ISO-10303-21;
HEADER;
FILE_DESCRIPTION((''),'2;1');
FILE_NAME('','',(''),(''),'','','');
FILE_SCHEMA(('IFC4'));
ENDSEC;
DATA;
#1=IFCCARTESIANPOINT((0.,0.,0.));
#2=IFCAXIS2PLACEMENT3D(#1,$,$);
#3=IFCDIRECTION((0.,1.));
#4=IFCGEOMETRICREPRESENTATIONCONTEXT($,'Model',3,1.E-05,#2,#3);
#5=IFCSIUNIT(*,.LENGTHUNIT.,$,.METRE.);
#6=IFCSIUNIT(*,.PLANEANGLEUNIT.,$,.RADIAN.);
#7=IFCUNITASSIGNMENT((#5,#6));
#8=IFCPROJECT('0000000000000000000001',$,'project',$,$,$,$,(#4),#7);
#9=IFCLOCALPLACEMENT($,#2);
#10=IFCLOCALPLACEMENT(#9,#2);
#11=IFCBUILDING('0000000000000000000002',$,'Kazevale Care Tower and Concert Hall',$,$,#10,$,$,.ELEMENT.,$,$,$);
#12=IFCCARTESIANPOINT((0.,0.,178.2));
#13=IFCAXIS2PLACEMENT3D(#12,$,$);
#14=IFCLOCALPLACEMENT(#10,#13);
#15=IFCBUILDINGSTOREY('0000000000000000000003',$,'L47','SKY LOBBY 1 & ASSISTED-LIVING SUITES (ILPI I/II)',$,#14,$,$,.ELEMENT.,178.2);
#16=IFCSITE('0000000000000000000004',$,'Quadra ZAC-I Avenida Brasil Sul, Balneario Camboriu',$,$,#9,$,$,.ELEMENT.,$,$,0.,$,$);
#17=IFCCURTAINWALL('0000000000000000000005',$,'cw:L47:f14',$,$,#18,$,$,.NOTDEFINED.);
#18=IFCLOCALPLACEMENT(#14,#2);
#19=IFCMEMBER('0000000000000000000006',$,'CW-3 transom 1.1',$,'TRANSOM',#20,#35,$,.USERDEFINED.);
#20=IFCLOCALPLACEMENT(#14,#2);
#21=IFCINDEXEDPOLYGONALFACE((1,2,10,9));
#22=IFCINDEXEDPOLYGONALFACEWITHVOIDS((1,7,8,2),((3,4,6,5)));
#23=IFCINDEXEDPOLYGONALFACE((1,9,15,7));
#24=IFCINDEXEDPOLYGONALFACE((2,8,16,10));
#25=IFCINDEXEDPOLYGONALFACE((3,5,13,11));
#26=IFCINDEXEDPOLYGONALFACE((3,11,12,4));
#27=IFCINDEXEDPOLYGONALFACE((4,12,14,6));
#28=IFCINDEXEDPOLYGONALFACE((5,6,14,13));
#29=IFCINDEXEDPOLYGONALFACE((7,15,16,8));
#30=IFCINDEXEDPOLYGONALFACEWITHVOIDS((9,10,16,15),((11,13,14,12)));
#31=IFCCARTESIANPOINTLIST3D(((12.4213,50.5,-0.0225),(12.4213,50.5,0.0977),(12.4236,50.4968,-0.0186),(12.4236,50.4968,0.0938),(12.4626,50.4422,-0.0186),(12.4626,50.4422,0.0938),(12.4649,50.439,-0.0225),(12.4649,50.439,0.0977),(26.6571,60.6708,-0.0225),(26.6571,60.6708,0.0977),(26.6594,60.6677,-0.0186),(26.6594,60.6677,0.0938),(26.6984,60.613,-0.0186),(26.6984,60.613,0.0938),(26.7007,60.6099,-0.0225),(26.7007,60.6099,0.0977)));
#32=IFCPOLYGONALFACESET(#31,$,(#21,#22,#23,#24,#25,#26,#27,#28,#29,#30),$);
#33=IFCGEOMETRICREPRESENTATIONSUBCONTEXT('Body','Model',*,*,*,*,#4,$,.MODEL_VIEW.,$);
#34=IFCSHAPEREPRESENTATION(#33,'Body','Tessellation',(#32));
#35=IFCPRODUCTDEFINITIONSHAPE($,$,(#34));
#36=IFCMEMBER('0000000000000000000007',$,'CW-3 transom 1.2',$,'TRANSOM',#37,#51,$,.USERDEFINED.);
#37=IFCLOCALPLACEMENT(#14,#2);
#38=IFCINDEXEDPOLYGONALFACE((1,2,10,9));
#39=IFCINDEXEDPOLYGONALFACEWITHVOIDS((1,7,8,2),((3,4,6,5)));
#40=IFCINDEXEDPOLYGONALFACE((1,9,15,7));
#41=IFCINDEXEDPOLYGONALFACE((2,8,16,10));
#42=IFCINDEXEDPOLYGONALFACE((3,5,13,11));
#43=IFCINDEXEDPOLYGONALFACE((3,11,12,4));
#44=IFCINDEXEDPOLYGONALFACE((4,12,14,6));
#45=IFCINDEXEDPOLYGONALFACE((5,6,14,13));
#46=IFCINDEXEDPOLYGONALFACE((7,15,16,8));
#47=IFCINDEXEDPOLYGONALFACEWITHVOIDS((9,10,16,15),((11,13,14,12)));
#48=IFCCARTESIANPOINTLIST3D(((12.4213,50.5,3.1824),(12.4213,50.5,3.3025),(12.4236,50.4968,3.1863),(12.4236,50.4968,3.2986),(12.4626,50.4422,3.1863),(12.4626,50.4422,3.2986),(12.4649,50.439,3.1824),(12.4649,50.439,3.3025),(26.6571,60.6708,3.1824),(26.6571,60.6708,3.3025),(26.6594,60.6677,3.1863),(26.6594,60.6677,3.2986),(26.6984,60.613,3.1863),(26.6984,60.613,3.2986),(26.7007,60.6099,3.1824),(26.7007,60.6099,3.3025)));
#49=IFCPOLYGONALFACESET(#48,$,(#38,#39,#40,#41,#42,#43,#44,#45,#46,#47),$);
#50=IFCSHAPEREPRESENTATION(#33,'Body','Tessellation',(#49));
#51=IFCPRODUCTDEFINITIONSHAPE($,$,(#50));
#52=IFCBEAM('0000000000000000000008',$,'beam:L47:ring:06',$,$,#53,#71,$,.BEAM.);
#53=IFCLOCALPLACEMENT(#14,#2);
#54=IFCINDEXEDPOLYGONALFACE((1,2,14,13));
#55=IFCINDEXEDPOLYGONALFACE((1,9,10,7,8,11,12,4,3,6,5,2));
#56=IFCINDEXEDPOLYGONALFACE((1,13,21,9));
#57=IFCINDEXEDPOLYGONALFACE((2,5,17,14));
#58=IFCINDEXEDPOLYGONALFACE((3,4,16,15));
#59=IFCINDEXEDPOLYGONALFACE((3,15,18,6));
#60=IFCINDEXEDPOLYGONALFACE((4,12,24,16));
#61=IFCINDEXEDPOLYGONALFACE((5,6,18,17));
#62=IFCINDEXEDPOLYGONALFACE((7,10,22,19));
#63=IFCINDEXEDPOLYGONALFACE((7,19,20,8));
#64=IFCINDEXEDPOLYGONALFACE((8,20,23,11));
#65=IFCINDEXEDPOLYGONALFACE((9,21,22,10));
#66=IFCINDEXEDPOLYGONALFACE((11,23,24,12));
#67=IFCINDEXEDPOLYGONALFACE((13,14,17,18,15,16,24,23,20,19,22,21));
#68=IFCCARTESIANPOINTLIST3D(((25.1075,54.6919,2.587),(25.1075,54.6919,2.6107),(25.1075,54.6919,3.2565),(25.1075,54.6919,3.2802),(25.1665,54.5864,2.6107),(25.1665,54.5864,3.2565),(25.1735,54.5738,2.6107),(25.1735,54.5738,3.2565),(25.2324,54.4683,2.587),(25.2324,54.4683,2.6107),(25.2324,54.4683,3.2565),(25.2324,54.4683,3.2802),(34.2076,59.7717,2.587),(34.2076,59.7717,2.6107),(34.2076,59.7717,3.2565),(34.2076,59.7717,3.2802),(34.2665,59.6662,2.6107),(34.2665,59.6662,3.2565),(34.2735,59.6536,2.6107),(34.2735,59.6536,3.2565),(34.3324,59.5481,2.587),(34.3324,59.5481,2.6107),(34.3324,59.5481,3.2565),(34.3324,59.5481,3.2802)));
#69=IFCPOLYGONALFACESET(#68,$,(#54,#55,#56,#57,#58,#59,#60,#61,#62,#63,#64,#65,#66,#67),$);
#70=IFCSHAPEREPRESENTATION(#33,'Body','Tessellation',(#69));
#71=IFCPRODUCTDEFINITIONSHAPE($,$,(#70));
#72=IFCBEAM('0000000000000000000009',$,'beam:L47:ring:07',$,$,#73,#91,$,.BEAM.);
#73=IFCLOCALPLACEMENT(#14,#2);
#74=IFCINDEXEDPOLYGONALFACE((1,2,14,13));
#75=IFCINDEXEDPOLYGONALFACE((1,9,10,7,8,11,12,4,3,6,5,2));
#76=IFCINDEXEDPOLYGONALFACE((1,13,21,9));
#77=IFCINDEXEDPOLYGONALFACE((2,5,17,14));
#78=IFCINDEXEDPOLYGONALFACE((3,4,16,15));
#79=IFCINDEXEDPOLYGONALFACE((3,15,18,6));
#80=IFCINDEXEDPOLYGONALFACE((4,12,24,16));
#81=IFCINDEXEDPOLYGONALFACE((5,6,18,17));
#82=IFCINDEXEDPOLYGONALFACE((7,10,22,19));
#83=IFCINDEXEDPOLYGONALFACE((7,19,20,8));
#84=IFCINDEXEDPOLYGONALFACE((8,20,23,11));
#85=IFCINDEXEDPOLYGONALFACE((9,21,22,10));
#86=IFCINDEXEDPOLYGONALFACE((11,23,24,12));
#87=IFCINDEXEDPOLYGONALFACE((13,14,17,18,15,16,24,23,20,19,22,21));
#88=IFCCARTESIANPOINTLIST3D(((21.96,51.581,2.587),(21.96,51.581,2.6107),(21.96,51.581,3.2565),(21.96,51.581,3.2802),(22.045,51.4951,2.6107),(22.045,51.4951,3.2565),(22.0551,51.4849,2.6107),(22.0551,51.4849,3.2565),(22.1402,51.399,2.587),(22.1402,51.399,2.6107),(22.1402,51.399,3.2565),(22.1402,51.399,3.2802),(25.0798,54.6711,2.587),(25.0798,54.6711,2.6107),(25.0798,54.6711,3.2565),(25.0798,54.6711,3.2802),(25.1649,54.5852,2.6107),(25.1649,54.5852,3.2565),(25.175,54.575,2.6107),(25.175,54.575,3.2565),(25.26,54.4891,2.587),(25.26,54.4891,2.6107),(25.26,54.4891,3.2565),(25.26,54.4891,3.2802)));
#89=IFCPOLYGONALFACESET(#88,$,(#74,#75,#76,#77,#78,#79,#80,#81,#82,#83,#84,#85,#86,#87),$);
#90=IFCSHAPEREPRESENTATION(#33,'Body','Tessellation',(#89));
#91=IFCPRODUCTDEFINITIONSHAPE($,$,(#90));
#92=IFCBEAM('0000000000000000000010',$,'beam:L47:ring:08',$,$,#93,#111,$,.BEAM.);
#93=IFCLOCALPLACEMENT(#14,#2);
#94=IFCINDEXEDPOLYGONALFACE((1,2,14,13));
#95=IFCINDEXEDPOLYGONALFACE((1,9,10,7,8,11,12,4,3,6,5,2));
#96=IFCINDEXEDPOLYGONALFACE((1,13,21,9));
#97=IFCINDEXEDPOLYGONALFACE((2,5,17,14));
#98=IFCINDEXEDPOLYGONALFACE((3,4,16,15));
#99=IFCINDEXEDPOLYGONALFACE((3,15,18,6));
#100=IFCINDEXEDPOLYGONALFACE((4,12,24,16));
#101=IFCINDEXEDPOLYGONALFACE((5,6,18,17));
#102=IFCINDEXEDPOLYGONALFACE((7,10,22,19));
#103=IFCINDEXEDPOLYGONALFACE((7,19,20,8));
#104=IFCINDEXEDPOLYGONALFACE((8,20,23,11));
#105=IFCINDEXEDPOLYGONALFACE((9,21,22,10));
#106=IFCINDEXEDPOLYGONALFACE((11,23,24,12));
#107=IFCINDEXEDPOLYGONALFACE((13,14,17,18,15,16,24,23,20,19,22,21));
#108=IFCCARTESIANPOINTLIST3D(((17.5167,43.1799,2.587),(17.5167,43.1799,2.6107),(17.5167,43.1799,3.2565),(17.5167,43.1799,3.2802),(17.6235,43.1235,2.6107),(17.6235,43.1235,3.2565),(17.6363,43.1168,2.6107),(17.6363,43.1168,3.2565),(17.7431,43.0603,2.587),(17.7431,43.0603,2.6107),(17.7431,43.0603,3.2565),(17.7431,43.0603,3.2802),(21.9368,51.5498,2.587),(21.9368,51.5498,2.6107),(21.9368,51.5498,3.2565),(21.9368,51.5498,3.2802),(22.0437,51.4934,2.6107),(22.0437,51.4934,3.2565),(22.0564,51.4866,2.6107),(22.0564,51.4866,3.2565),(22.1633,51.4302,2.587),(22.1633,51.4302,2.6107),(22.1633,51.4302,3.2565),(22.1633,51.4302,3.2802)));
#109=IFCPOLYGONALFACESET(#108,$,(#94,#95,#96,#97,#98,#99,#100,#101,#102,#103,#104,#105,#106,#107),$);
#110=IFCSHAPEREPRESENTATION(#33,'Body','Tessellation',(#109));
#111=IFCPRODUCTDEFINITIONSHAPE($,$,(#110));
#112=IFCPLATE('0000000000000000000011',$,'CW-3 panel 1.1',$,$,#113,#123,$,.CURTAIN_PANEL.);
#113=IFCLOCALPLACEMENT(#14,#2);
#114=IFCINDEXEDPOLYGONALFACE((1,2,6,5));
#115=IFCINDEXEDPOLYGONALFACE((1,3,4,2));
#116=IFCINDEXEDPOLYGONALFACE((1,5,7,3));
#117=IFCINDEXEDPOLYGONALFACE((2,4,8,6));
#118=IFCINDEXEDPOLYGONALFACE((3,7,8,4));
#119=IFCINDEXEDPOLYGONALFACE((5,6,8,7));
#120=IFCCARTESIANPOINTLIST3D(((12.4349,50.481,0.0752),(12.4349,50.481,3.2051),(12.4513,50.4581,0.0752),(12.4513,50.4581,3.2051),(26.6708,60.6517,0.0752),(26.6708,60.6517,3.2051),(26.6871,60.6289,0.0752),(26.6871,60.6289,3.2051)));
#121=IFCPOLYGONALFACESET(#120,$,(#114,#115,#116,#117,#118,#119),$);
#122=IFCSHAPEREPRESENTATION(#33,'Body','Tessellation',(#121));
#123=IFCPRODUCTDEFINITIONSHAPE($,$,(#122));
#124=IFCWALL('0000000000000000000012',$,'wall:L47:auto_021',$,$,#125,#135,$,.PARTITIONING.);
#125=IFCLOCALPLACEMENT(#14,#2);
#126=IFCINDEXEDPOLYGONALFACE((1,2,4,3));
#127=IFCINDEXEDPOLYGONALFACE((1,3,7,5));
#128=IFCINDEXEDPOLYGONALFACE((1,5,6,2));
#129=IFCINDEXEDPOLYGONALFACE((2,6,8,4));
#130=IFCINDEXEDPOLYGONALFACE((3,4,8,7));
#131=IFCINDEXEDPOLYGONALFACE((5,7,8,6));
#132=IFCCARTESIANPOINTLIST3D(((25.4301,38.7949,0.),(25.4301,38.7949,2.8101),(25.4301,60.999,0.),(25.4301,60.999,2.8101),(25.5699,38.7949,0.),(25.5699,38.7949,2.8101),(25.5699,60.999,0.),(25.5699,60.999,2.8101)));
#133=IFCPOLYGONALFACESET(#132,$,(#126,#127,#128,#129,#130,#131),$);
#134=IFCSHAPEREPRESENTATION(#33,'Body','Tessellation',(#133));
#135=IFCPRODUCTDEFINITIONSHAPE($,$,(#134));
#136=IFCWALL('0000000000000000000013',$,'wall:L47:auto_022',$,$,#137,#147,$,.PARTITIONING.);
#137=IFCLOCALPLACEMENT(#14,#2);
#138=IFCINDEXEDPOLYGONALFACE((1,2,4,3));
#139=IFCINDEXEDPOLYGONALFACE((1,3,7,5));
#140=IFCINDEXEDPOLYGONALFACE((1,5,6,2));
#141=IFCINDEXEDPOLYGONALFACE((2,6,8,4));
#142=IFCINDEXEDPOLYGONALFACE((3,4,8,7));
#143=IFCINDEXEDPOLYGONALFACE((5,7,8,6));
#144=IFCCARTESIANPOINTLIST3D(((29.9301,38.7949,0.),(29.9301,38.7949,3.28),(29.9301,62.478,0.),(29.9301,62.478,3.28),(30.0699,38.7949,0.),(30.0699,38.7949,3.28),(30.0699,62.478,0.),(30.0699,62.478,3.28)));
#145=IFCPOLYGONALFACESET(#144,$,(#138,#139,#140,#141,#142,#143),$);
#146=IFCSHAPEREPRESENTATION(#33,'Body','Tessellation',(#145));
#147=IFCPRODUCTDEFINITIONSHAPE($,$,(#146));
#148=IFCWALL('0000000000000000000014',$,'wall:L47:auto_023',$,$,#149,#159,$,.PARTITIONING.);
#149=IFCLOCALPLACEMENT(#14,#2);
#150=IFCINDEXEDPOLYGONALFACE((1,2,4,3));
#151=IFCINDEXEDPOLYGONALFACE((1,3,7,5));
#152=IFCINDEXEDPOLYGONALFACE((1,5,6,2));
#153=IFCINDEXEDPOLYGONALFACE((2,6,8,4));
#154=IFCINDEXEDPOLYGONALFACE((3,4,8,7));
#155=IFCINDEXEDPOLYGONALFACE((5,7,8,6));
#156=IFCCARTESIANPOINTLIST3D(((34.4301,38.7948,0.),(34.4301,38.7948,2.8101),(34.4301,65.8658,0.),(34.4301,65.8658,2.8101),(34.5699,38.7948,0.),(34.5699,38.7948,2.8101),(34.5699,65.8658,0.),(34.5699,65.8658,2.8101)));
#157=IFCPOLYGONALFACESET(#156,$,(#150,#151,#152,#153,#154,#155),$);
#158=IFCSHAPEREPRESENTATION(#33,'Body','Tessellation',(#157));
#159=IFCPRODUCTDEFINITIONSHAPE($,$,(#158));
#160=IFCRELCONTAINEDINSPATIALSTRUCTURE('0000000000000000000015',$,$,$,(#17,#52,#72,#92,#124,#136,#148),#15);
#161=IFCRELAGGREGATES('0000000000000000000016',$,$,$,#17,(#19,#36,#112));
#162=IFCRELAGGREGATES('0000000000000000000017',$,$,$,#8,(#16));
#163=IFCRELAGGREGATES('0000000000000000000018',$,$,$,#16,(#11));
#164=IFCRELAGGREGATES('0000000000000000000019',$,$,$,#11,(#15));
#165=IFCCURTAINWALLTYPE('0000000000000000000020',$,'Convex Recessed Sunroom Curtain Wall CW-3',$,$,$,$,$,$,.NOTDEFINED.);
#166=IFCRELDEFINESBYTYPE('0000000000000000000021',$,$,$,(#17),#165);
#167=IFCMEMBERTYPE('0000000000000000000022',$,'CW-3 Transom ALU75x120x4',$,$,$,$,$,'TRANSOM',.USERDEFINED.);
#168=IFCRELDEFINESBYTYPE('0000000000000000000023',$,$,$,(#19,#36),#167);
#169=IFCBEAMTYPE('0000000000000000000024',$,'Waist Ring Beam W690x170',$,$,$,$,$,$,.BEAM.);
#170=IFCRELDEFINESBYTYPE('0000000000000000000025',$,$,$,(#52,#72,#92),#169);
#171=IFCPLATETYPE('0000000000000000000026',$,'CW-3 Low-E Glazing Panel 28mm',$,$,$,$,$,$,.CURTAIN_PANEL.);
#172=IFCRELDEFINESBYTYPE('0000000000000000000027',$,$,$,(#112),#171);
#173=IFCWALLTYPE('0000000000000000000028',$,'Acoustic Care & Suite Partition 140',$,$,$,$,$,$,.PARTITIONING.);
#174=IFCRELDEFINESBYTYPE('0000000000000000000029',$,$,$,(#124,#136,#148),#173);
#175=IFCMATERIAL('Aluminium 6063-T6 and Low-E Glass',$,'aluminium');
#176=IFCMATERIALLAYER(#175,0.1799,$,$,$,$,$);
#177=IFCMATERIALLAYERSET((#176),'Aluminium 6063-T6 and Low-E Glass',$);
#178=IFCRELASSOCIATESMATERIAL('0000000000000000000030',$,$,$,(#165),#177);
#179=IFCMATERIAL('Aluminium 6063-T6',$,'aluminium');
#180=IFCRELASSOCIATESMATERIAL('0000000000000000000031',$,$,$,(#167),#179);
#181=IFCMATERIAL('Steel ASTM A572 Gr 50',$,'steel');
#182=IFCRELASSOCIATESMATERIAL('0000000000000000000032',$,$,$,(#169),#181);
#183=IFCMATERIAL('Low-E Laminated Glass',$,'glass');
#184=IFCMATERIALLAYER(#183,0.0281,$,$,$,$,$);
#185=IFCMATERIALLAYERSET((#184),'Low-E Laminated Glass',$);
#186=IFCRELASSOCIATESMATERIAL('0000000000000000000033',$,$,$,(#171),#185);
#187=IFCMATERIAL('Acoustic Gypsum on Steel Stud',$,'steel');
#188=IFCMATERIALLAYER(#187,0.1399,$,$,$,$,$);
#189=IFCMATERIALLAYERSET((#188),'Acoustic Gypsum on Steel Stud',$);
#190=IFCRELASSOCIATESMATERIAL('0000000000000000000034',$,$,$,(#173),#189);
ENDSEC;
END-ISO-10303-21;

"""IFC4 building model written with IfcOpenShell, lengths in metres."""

from ifc_helpers import new_model, si_unit, direction, frame, frame_2d, origin, origin_2d, place, context, subcontext, project, spatial, rectangle, hollow_rectangle, i_section, extrude, material, layer, layer_set, material_profile, profile_set, type_object, element, aggregate, save


model = new_model("IFC4")

# Units and contexts
model_context = context("Model", 3, precision=1e-05, world=origin(), true_north=direction((0.0, 1.0)))
body_context = subcontext(model_context, "Body", "Model", "MODEL_VIEW")
ifc_project = project(units=[si_unit("LENGTHUNIT", "METRE"), si_unit("PLANEANGLEUNIT", "RADIAN")], contexts=[model_context])

# Site, building, storey
site_placement = place(None, origin())
site = spatial("IfcSite", under=ifc_project, at=site_placement, Name="Quadra ZAC-I Avenida Brasil Sul, Balneario Camboriu", CompositionType="ELEMENT", RefElevation=0.0)
building_placement = place(site_placement, origin())
building = spatial("IfcBuilding", under=site, at=building_placement, Name="Kazevale Care Tower and Concert Hall", CompositionType="ELEMENT")
storey_placement = place(building_placement, frame((0.0, 0.0, 178.2)))
storey = spatial("IfcBuildingStorey", under=building, at=storey_placement, Name="L47", Description="SKY LOBBY 1 & ASSISTED-LIVING SUITES (ILPI I/II)", CompositionType="ELEMENT", Elevation=178.2)

# Curtain wall, members
ifc_material_1 = material(Name="Aluminium 6063-T6 and Low-E Glass", Category="aluminium")
ifc_layer_1 = layer(ifc_material_1, 0.1799)
ifc_layer_set_1 = layer_set([ifc_layer_1], Name="Aluminium 6063-T6 and Low-E Glass")
curtain_wall_type = type_object("IfcCurtainWallType", Name="Convex Recessed Sunroom Curtain Wall CW-3", PredefinedType="NOTDEFINED", material=ifc_layer_set_1)
curtain_wall_placement = place(storey_placement, origin())
curtain_wall = element("IfcCurtainWall", 1, at=curtain_wall_placement, inside=storey, type_object=curtain_wall_type, Name="cw:L47:f14", PredefinedType="NOTDEFINED")
ifc_material_2 = material(Name="Aluminium 6063-T6", Category="aluminium")
ifc_material_profile_1 = material_profile(ifc_material_2, hollow_rectangle(XDim=0.075, YDim=0.1201, WallThickness=0.0039, at=origin_2d()), Name="ALU75x120x4")
ifc_profile_set_1 = profile_set([ifc_material_profile_1], Name="Aluminium 6063-T6")
member_type_1 = type_object("IfcMemberType", Name="CW-3 Transom ALU75x120x4", ElementType="TRANSOM", PredefinedType="USERDEFINED", material=ifc_profile_set_1)
member_1_placement = place(storey_placement, frame((12.4431, 50.4695, 0.0376), z_axis=(0.813667, 0.581331, 0.0), x_axis=(-0.581331, 0.813667, 0.0)))
member_1 = element("IfcMember", 2, at=member_1_placement, type_object=member_type_1, Name="CW-3 transom 1.1", ObjectType="TRANSOM", PredefinedType="USERDEFINED", context=body_context, shape_type="SweptSolid", body=[
    extrude(hollow_rectangle(XDim=0.075, YDim=0.1201, WallThickness=0.0039, at=origin_2d()), origin(), (0.0, 0.0, 1.0), 17.4958),
])
member_2_placement = place(storey_placement, frame((12.4431, 50.4695, 3.2424), z_axis=(0.813667, 0.581331, 0.0), x_axis=(-0.581331, 0.813667, 0.0)))
member_2 = element("IfcMember", 3, at=member_2_placement, type_object=member_type_1, Name="CW-3 transom 1.2", ObjectType="TRANSOM", PredefinedType="USERDEFINED", context=body_context, shape_type="SweptSolid", body=[
    extrude(hollow_rectangle(XDim=0.075, YDim=0.1201, WallThickness=0.0039, at=origin_2d()), origin(), (0.0, 0.0, 1.0), 17.4958),
])

# Beams
ifc_material_3 = material(Name="Steel ASTM A572 Gr 50", Category="steel")
ifc_material_profile_2 = material_profile(ifc_material_3, i_section(OverallWidth=0.2561, OverallDepth=0.6931, WebThickness=0.0144, FlangeThickness=0.0237, at=origin_2d()), Name="W690x170")
ifc_profile_set_2 = profile_set([ifc_material_profile_2], Name="Steel ASTM A572 Gr 50")
beam_type = type_object("IfcBeamType", Name="Waist Ring Beam W690x170", PredefinedType="BEAM", material=ifc_profile_set_2)
beam_1_placement = place(storey_placement, frame((34.27, 59.6599, 2.9336), z_axis=(-0.873169, -0.487418, 0.0), x_axis=(0.487418, -0.873169, 0.0)))
element("IfcBeam", 4, at=beam_1_placement, inside=storey, type_object=beam_type, Name="beam:L47:ring:06", PredefinedType="BEAM", context=body_context, shape_type="SweptSolid", body=[
    extrude(i_section(OverallWidth=0.2561, OverallDepth=0.6931, WebThickness=0.0144, FlangeThickness=0.0237, at=origin_2d()), origin(), (0.0, 0.0, 1.0), 10.4219),
])
beam_2_placement = place(storey_placement, frame((25.1699, 54.5801, 2.9336), z_axis=(-0.71049, -0.703707, 0.0), x_axis=(0.703707, -0.71049, 0.0)))
element("IfcBeam", 5, at=beam_2_placement, inside=storey, type_object=beam_type, Name="beam:L47:ring:07", PredefinedType="BEAM", context=body_context, shape_type="SweptSolid", body=[
    extrude(i_section(OverallWidth=0.2561, OverallDepth=0.6931, WebThickness=0.0144, FlangeThickness=0.0237, at=origin_2d()), origin(), (0.0, 0.0, 1.0), 4.3911),
])
beam_3_placement = place(storey_placement, frame((22.05, 51.49, 2.9336), z_axis=(-0.466984, -0.884266, 0.0), x_axis=(0.884266, -0.466984, 0.0)))
element("IfcBeam", 6, at=beam_3_placement, inside=storey, type_object=beam_type, Name="beam:L47:ring:08", PredefinedType="BEAM", context=body_context, shape_type="SweptSolid", body=[
    extrude(i_section(OverallWidth=0.2561, OverallDepth=0.6931, WebThickness=0.0144, FlangeThickness=0.0237, at=origin_2d()), origin(), (0.0, 0.0, 1.0), 9.4653),
])

# Plate
ifc_material_4 = material(Name="Low-E Laminated Glass", Category="glass")
ifc_layer_2 = layer(ifc_material_4, 0.0281)
ifc_layer_set_2 = layer_set([ifc_layer_2], Name="Low-E Laminated Glass")
plate_type = type_object("IfcPlateType", Name="CW-3 Low-E Glazing Panel 28mm", PredefinedType="CURTAIN_PANEL", material=ifc_layer_set_2)
plate_placement = place(storey_placement, frame((19.561, 55.5549, 0.0752), z_axis=(0.0, 0.0, 1.0), x_axis=(0.813672, 0.581324, 0.0)))
plate = element("IfcPlate", 7, at=plate_placement, type_object=plate_type, Name="CW-3 panel 1.1", PredefinedType="CURTAIN_PANEL", context=body_context, shape_type="SweptSolid", body=[
    extrude(rectangle(XDim=17.4958, YDim=0.0281, at=origin_2d()), origin(), (0.0, 0.0, 1.0), 3.1299),
])
aggregate(curtain_wall, [member_1, member_2, plate])

# Walls
ifc_material_5 = material(Name="Acoustic Gypsum on Steel Stud", Category="steel")
ifc_layer_3 = layer(ifc_material_5, 0.1399)
ifc_layer_set_3 = layer_set([ifc_layer_3], Name="Acoustic Gypsum on Steel Stud")
wall_type_1 = type_object("IfcWallType", Name="Acoustic Care & Suite Partition 140", PredefinedType="PARTITIONING", material=ifc_layer_set_3)
wall_1_placement = place(storey_placement, frame((25.5, 60.999, 0.0), z_axis=(0.0, 0.0, 1.0), x_axis=(0.0, -1.0, 0.0)))
element("IfcWall", 8, at=wall_1_placement, inside=storey, type_object=wall_type_1, Name="wall:L47:auto_021", PredefinedType="PARTITIONING", context=body_context, shape_type="SweptSolid", body=[
    extrude(rectangle(XDim=22.2041, YDim=0.1399, at=frame_2d((11.1021, 0.0))), origin(), (0.0, 0.0, 1.0), 2.8101),
])
wall_2_placement = place(storey_placement, frame((30.0, 62.478, 0.0), z_axis=(0.0, 0.0, 1.0), x_axis=(0.0, -1.0, 0.0)))
element("IfcWall", 9, at=wall_2_placement, inside=storey, type_object=wall_type_1, Name="wall:L47:auto_022", PredefinedType="PARTITIONING", context=body_context, shape_type="SweptSolid", body=[
    extrude(rectangle(XDim=23.6831, YDim=0.1399, at=frame_2d((11.8416, 0.0))), origin(), (0.0, 0.0, 1.0), 3.28),
])
wall_3_placement = place(storey_placement, frame((34.5, 65.866, 0.0), z_axis=(0.0, 0.0, 1.0), x_axis=(0.0, -1.0, 0.0)))
element("IfcWall", 10, at=wall_3_placement, inside=storey, type_object=wall_type_1, Name="wall:L47:auto_023", PredefinedType="PARTITIONING", context=body_context, shape_type="SweptSolid", body=[
    extrude(rectangle(XDim=27.071, YDim=0.1399, at=frame_2d((13.5356, 0.0))), origin(), (0.0, 0.0, 1.0), 2.8101),
])

save(model, "model.ifc")
